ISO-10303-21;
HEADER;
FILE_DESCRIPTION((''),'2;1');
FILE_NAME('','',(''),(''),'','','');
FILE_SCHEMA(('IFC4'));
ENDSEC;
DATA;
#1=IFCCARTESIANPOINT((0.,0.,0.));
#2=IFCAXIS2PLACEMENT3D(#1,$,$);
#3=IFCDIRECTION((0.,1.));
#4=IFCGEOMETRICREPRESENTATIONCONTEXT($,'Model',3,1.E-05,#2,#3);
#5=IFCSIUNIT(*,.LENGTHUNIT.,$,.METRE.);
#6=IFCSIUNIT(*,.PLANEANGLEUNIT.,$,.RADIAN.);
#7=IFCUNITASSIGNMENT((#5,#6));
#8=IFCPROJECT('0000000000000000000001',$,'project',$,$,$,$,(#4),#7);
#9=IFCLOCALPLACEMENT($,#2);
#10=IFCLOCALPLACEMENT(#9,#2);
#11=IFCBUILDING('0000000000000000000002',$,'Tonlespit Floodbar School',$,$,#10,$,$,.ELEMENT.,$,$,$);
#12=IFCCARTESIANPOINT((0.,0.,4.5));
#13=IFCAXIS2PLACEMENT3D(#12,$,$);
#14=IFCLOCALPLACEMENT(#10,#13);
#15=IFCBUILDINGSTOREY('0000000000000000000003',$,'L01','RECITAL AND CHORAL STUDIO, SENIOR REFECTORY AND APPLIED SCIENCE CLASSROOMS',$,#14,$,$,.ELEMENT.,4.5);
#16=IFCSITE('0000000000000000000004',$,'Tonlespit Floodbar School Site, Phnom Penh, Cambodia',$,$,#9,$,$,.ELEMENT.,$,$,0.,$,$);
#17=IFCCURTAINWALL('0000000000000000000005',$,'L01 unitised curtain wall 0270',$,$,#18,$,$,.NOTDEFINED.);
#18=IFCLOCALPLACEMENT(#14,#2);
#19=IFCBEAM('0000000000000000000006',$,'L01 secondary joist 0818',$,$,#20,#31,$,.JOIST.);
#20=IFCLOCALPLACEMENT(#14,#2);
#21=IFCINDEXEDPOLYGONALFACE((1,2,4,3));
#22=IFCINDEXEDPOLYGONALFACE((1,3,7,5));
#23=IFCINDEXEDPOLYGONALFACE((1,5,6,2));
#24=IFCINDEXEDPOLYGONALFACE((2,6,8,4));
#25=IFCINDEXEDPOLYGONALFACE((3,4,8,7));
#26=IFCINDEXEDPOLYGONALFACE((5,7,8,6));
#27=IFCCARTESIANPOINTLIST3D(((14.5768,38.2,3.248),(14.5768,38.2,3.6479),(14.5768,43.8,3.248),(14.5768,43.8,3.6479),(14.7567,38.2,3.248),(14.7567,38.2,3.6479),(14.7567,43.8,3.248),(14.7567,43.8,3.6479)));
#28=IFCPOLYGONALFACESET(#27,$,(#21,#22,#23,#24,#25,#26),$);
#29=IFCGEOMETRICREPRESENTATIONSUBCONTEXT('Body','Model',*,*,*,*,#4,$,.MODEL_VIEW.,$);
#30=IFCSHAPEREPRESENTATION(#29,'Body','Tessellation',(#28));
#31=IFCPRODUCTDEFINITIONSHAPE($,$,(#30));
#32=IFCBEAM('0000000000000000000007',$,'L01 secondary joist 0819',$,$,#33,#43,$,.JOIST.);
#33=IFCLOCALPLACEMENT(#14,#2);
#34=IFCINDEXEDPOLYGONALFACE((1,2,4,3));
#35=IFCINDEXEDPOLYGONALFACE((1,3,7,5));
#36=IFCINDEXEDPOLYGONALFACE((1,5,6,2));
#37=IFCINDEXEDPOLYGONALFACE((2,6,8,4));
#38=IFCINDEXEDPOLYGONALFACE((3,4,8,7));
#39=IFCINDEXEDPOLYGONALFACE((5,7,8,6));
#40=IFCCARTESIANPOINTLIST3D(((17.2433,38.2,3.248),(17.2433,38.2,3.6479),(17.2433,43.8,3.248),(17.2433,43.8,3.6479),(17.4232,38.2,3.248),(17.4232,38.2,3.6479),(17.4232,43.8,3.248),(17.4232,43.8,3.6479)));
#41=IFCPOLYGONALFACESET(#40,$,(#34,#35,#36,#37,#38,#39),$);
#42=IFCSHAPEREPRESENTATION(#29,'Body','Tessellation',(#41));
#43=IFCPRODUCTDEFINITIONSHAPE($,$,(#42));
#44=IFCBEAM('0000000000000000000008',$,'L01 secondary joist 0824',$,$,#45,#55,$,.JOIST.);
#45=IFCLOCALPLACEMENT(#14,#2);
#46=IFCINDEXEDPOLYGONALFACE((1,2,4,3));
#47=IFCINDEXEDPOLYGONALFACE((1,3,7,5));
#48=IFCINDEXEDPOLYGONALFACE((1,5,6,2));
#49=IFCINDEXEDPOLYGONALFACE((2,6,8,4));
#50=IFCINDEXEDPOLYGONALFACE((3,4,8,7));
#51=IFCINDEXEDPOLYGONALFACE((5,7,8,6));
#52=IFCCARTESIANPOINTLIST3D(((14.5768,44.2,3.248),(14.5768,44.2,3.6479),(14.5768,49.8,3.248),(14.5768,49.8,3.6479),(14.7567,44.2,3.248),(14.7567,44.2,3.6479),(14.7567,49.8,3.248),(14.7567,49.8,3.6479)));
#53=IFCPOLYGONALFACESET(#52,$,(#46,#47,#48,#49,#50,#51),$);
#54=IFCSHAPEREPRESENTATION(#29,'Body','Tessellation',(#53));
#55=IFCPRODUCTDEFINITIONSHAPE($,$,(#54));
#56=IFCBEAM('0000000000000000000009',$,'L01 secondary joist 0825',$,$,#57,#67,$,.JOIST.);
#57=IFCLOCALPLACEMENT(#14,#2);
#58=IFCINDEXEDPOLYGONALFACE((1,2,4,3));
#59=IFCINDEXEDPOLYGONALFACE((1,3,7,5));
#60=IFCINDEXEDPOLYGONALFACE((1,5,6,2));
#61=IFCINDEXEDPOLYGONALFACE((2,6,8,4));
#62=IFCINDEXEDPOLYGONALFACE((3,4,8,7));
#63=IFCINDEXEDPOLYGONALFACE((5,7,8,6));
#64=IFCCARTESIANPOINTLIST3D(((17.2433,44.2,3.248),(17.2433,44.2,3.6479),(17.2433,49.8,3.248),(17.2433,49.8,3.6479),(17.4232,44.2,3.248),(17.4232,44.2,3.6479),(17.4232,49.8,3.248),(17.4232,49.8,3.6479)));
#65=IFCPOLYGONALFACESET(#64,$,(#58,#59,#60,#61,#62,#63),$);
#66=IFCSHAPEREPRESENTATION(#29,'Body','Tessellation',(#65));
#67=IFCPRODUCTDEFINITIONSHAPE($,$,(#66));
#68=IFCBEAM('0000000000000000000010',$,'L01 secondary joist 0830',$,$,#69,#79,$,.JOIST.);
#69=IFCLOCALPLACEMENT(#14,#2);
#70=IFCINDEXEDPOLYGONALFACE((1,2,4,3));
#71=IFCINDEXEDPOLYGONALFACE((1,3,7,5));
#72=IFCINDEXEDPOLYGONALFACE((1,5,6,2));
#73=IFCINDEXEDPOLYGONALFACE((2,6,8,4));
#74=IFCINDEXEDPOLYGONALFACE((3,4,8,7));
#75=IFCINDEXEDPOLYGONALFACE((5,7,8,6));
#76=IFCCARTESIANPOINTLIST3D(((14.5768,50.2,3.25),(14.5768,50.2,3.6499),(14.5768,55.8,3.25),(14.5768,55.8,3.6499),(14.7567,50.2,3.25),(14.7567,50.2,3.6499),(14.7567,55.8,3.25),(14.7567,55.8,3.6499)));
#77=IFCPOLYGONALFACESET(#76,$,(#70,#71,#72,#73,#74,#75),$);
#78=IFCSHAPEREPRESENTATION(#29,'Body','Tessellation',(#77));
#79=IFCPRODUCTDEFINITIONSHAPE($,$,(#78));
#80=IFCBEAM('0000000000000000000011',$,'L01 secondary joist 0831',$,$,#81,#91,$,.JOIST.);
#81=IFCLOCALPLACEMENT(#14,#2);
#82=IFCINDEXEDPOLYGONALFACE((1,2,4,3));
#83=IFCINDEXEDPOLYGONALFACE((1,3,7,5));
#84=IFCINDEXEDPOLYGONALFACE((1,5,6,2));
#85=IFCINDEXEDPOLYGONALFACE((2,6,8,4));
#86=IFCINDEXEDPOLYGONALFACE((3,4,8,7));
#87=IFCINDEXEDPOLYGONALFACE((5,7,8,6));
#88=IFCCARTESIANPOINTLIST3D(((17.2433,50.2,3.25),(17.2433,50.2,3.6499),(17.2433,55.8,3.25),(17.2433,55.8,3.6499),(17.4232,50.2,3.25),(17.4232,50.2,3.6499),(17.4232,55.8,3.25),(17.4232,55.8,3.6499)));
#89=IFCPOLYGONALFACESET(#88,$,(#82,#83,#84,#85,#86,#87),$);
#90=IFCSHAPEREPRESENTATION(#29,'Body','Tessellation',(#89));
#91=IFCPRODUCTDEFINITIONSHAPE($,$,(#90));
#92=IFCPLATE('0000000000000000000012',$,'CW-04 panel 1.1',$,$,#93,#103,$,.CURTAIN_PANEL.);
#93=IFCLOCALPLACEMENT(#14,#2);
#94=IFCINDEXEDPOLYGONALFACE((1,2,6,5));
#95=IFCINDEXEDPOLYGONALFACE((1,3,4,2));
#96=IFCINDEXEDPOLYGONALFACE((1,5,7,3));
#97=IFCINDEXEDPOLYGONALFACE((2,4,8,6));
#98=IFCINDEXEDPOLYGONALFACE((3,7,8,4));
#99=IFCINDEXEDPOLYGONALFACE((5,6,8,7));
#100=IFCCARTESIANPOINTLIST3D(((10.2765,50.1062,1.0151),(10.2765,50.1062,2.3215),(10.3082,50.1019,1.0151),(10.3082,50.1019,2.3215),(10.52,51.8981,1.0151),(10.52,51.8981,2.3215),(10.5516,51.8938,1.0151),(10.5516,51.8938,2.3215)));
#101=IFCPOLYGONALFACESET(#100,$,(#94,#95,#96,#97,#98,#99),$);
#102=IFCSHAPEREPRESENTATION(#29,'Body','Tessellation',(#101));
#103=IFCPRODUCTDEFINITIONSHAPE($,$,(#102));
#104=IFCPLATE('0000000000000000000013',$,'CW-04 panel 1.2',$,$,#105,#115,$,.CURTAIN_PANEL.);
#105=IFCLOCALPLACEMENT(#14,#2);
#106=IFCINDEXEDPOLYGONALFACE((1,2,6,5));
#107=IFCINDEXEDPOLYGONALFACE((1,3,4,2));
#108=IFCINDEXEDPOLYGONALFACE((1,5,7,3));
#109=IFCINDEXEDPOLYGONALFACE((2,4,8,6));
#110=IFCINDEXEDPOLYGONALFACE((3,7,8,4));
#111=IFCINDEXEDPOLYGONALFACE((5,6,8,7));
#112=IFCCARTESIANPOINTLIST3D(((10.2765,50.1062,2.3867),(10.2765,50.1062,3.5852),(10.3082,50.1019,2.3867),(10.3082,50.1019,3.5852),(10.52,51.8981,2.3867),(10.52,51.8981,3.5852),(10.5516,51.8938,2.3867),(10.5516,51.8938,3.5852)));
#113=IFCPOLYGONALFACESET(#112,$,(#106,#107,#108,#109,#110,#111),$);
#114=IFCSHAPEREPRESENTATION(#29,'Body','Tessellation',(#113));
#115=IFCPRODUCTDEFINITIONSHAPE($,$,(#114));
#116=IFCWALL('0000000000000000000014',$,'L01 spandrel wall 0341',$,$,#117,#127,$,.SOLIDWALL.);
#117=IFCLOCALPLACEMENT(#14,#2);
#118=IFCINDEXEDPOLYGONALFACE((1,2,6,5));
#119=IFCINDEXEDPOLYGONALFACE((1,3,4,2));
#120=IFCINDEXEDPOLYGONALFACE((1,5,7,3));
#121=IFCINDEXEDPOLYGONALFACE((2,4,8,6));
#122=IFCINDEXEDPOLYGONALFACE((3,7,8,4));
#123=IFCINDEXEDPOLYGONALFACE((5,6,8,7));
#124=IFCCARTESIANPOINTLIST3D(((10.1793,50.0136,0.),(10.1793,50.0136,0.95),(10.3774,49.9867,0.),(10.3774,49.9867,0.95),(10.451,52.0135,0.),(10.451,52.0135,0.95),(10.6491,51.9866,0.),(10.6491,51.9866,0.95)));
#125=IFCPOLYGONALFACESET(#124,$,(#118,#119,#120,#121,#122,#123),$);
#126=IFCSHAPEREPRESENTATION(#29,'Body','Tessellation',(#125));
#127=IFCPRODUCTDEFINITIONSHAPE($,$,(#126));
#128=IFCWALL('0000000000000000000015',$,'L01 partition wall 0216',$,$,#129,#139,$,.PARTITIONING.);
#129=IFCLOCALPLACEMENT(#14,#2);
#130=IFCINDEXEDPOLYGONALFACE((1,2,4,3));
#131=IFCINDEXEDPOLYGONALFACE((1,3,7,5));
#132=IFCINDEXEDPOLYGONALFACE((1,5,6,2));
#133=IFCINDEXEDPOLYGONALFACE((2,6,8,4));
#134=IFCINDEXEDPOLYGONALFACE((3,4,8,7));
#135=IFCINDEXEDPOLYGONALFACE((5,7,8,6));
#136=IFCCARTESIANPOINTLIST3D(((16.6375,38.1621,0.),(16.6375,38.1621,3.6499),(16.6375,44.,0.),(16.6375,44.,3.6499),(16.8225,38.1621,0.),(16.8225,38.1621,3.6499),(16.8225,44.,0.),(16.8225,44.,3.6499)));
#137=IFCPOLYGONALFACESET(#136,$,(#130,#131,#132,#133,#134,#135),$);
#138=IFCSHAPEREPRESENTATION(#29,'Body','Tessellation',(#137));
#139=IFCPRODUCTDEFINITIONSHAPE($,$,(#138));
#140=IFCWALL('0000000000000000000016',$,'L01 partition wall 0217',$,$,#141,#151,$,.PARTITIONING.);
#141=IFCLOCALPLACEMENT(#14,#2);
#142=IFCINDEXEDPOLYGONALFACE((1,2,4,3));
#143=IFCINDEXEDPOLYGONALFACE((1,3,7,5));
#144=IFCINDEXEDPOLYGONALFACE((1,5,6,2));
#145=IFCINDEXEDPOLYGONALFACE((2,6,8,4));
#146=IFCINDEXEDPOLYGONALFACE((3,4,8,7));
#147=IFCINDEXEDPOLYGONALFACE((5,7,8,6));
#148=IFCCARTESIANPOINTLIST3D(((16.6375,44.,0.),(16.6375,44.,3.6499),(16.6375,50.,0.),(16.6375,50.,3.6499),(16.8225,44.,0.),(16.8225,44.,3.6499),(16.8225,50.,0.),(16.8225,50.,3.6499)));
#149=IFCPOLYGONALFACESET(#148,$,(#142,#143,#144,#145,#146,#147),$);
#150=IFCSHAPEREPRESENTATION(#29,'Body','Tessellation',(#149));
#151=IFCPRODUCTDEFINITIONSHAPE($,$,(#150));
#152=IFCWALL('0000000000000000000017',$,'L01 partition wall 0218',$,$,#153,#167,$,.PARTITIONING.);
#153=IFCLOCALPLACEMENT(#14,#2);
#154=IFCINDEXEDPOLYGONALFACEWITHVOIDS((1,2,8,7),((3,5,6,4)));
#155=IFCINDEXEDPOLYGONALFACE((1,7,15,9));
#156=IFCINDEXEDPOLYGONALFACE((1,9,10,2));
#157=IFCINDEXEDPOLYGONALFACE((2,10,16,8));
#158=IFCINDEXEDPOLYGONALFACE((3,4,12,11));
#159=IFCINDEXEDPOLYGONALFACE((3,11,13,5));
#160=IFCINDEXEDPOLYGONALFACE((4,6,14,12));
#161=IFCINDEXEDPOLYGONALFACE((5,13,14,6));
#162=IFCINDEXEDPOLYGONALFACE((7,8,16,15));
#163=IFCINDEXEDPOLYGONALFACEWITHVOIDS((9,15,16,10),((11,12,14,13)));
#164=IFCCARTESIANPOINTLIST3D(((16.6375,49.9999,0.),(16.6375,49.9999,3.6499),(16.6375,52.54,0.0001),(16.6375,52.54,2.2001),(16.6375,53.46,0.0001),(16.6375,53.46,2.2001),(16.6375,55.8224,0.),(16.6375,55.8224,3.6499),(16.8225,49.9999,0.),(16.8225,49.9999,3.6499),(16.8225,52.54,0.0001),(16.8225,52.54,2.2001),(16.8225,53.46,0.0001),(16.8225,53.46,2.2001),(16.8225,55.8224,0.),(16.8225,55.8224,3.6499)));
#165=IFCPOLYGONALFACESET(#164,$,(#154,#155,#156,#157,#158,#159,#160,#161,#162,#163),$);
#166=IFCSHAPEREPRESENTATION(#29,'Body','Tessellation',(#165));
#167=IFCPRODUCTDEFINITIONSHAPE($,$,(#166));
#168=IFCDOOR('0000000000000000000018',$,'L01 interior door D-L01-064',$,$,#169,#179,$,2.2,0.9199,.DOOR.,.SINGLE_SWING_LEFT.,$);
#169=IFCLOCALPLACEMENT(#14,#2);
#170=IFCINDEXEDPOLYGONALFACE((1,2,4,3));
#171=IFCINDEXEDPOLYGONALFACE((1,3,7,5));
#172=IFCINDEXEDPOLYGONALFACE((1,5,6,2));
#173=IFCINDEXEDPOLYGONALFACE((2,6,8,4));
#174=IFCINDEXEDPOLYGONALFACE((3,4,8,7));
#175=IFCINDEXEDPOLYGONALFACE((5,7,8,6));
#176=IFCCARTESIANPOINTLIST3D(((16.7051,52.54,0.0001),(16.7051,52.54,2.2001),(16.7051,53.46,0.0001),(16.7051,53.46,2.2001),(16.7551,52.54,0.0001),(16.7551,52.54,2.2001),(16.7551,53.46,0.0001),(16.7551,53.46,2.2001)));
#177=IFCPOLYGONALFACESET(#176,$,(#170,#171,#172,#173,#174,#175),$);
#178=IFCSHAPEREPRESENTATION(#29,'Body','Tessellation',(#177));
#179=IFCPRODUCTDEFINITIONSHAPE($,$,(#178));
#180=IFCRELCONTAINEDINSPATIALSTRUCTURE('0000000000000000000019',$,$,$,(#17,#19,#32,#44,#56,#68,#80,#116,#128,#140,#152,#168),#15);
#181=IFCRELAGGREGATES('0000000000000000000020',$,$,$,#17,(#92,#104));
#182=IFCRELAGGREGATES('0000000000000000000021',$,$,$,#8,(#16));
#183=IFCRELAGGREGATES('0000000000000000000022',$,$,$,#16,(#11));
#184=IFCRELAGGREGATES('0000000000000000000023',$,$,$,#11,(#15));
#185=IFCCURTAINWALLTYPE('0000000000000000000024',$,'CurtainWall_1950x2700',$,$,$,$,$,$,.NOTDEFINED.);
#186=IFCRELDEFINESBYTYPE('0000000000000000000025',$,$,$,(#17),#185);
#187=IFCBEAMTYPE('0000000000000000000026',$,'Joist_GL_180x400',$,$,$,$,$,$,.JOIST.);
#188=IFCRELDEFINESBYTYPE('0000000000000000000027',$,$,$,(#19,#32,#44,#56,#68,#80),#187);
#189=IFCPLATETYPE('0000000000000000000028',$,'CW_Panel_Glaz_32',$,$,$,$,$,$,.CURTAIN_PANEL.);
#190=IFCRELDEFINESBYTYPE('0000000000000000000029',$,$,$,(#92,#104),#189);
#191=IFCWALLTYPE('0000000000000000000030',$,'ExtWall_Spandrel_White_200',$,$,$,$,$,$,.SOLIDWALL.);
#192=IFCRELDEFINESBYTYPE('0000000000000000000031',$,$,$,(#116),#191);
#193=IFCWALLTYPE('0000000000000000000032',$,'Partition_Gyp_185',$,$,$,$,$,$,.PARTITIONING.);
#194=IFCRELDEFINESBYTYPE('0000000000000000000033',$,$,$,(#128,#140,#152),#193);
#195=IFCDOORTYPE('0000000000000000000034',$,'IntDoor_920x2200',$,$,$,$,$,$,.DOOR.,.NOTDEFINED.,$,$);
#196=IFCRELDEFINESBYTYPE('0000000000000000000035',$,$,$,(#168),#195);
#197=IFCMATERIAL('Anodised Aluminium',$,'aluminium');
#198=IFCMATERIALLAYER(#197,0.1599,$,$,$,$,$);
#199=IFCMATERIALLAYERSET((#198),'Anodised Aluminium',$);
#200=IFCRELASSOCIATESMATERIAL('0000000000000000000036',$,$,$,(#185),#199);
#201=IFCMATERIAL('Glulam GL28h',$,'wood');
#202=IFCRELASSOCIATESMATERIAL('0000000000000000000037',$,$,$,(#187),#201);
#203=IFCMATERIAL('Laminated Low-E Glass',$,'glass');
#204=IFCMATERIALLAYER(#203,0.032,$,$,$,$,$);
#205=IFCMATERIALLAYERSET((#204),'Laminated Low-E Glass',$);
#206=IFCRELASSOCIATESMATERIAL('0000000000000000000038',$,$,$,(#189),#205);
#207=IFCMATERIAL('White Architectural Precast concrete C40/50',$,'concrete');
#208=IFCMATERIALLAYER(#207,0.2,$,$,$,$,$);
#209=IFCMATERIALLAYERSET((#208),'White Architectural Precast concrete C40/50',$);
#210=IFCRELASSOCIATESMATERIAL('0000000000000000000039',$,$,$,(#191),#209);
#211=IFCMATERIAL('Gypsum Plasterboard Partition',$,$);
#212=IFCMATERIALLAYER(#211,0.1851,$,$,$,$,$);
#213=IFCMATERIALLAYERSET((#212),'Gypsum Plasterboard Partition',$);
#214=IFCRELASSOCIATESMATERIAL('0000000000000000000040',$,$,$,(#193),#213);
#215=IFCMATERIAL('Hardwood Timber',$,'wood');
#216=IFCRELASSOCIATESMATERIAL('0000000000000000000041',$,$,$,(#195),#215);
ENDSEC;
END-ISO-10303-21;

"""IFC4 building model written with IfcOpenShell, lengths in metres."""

from ifc_helpers import new_model, si_unit, direction, frame, frame_2d, origin, origin_2d, place, context, subcontext, project, spatial, rectangle, extrude, material, layer, layer_set, material_profile, profile_set, type_object, element, fill, aggregate, save


model = new_model("IFC4")

# Units and contexts
model_context = context("Model", 3, precision=1e-05, world=origin(), true_north=direction((0.0, 1.0)))
body_context = subcontext(model_context, "Body", "Model", "MODEL_VIEW")
ifc_project = project(units=[si_unit("LENGTHUNIT", "METRE"), si_unit("PLANEANGLEUNIT", "RADIAN")], contexts=[model_context])

# Site, building, storey
site_placement = place(None, origin())
site = spatial("IfcSite", under=ifc_project, at=site_placement, Name="Tonlespit Floodbar School Site, Phnom Penh, Cambodia", CompositionType="ELEMENT", RefElevation=0.0)
building_placement = place(site_placement, origin())
building = spatial("IfcBuilding", under=site, at=building_placement, Name="Tonlespit Floodbar School", CompositionType="ELEMENT")
storey_placement = place(building_placement, frame((0.0, 0.0, 4.5)))
storey = spatial("IfcBuildingStorey", under=building, at=storey_placement, Name="L01", Description="RECITAL AND CHORAL STUDIO, SENIOR REFECTORY AND APPLIED SCIENCE CLASSROOMS", CompositionType="ELEMENT", Elevation=4.5)

# Curtain wall
ifc_material_1 = material(Name="Anodised Aluminium", Category="aluminium")
ifc_layer_1 = layer(ifc_material_1, 0.1599)
ifc_layer_set_1 = layer_set([ifc_layer_1], Name="Anodised Aluminium")
curtain_wall_type = type_object("IfcCurtainWallType", Name="CurtainWall_1950x2700", PredefinedType="NOTDEFINED", material=ifc_layer_set_1)
curtain_wall_placement = place(storey_placement, origin())
curtain_wall = element("IfcCurtainWall", 1, at=curtain_wall_placement, inside=storey, type_object=curtain_wall_type, Name="L01 unitised curtain wall 0270", PredefinedType="NOTDEFINED")

# Beams
ifc_material_2 = material(Name="Glulam GL28h", Category="wood")
ifc_material_profile_1 = material_profile(ifc_material_2, rectangle(XDim=0.1799, YDim=0.3999, at=origin_2d()), Name="GL 180x400")
ifc_profile_set_1 = profile_set([ifc_material_profile_1], Name="Glulam GL28h")
beam_type_1 = type_object("IfcBeamType", Name="Joist_GL_180x400", PredefinedType="JOIST", material=ifc_profile_set_1)
for number, where, z_axis, x_axis, name in (
    (2, (14.6667, 38.2, 3.448), (0.0, 1.0, 0.0), (-1.0, 0.0, 0.0), "L01 secondary joist 0818"),
    (3, (17.3333, 38.2, 3.448), (0.0, 1.0, 0.0), (-1.0, 0.0, 0.0), "L01 secondary joist 0819"),
    (4, (14.6667, 44.2, 3.448), (0.0, 1.0, 0.0), (-1.0, 0.0, 0.0), "L01 secondary joist 0824"),
    (5, (17.3333, 44.2, 3.448), (0.0, 1.0, 0.0), (-1.0, 0.0, 0.0), "L01 secondary joist 0825"),
    (6, (14.6667, 50.2, 3.45), (0.0, 1.0, 0.0), (-1.0, 0.0, 0.0), "L01 secondary joist 0830"),
    (7, (17.3333, 50.2, 3.45), (0.0, 1.0, 0.0), (-1.0, 0.0, 0.0), "L01 secondary joist 0831"),
):
    element("IfcBeam", number, at=place(storey_placement, frame(where, z_axis=z_axis, x_axis=x_axis)), inside=storey, type_object=beam_type_1, Name=name, PredefinedType="JOIST", context=body_context, shape_type="SweptSolid", body=[
        extrude(rectangle(XDim=0.1799, YDim=0.3999, at=origin_2d()), origin(), (0.0, 0.0, 1.0), 5.6001),
    ])

# Plates
ifc_material_3 = material(Name="Laminated Low-E Glass", Category="glass")
ifc_layer_2 = layer(ifc_material_3, 0.032)
ifc_layer_set_2 = layer_set([ifc_layer_2], Name="Laminated Low-E Glass")
plate_type = type_object("IfcPlateType", Name="CW_Panel_Glaz_32", PredefinedType="CURTAIN_PANEL", material=ifc_layer_set_2)
plate_1_placement = place(storey_placement, frame((10.4141, 51.0, 1.0151), z_axis=(0.0, 0.0, 1.0), x_axis=(0.134644, 0.990894, 0.0)))
plate_1 = element("IfcPlate", 8, at=plate_1_placement, type_object=plate_type, Name="CW-04 panel 1.1", PredefinedType="CURTAIN_PANEL", context=body_context, shape_type="SweptSolid", body=[
    extrude(rectangle(XDim=1.8083, YDim=0.032, at=origin_2d()), origin(), (0.0, 0.0, 1.0), 1.3064),
])
plate_2_placement = place(storey_placement, frame((10.4141, 51.0, 2.3867), z_axis=(0.0, 0.0, 1.0), x_axis=(0.134644, 0.990894, 0.0)))
plate_2 = element("IfcPlate", 9, at=plate_2_placement, type_object=plate_type, Name="CW-04 panel 1.2", PredefinedType="CURTAIN_PANEL", context=body_context, shape_type="SweptSolid", body=[
    extrude(rectangle(XDim=1.8083, YDim=0.032, at=origin_2d()), origin(), (0.0, 0.0, 1.0), 1.1985),
])
aggregate(curtain_wall, [plate_1, plate_2])

# Walls
ifc_material_4 = material(Name="White Architectural Precast concrete C40/50", Category="concrete")
ifc_layer_3 = layer(ifc_material_4, 0.2)
ifc_layer_set_3 = layer_set([ifc_layer_3], Name="White Architectural Precast concrete C40/50")
wall_type_1 = type_object("IfcWallType", Name="ExtWall_Spandrel_White_200", PredefinedType="SOLIDWALL", material=ifc_layer_set_3)
wall_1_placement = place(storey_placement, frame((10.2783, 50.0, 0.0), z_axis=(0.0, 0.0, 1.0), x_axis=(0.134627, 0.990896, 0.0)))
element("IfcWall", 10, at=wall_1_placement, inside=storey, type_object=wall_type_1, Name="L01 spandrel wall 0341", PredefinedType="SOLIDWALL", context=body_context, shape_type="SweptSolid", body=[
    extrude(rectangle(XDim=2.0183, YDim=0.2, at=frame_2d((1.0093, 0.0))), origin(), (0.0, 0.0, 1.0), 0.95),
])
ifc_material_5 = material(Name="Gypsum Plasterboard Partition")
ifc_layer_4 = layer(ifc_material_5, 0.1851)
ifc_layer_set_4 = layer_set([ifc_layer_4], Name="Gypsum Plasterboard Partition")
wall_type_2 = type_object("IfcWallType", Name="Partition_Gyp_185", PredefinedType="PARTITIONING", material=ifc_layer_set_4)
wall_2_placement = place(storey_placement, frame((16.73, 38.1621, 0.0), z_axis=(0.0, 0.0, 1.0), x_axis=(0.0, 1.0, 0.0)))
element("IfcWall", 11, at=wall_2_placement, inside=storey, type_object=wall_type_2, Name="L01 partition wall 0216", PredefinedType="PARTITIONING", context=body_context, shape_type="SweptSolid", body=[
    extrude(rectangle(XDim=5.8379, YDim=0.1851, at=frame_2d((2.9189, 0.0))), origin(), (0.0, 0.0, 1.0), 3.6499),
])
wall_3_placement = place(storey_placement, frame((16.73, 44.0, 0.0), z_axis=(0.0, 0.0, 1.0), x_axis=(0.0, 1.0, 0.0)))
element("IfcWall", 12, at=wall_3_placement, inside=storey, type_object=wall_type_2, Name="L01 partition wall 0217", PredefinedType="PARTITIONING", context=body_context, shape_type="SweptSolid", body=[
    extrude(rectangle(XDim=6.0, YDim=0.1851, at=frame_2d((3.0, 0.0))), origin(), (0.0, 0.0, 1.0), 3.6499),
])

# Wall, opening, door
wall_4_placement = place(storey_placement, frame((16.73, 50.0, 0.0), z_axis=(0.0, 0.0, 1.0), x_axis=(0.0, 1.0, 0.0)))
wall_4 = element("IfcWall", 13, at=wall_4_placement, inside=storey, type_object=wall_type_2, Name="L01 partition wall 0218", PredefinedType="PARTITIONING", context=body_context, shape_type="SweptSolid", body=[
    extrude(rectangle(XDim=5.8225, YDim=0.1851, at=frame_2d((2.9111, 0.0))), origin(), (0.0, 0.0, 1.0), 3.6499),
])
opening_placement = place(wall_4_placement, frame((2.54, 0.0, 0.0)))
opening = element("IfcOpeningElement", 14, at=opening_placement, cuts=wall_4, PredefinedType="OPENING", context=body_context, shape_type="SweptSolid", body=[
    extrude(rectangle(XDim=0.9199, YDim=2.2, at=frame_2d((0.46, 1.1001))), frame((0.0, 0.1025, 0.0), z_axis=(0.0, -1.0, 0.0), x_axis=(1.0, 0.0, 0.0)), (0.0, 0.0, 1.0), 0.2051),
])
ifc_material_6 = material(Name="Hardwood Timber", Category="wood")
door_type = type_object("IfcDoorType", Name="IntDoor_920x2200", OperationType="NOTDEFINED", PredefinedType="DOOR", material=ifc_material_6)
door_placement = place(opening_placement, origin())
door = element("IfcDoor", 15, at=door_placement, inside=storey, type_object=door_type, Name="L01 interior door D-L01-064", OperationType="SINGLE_SWING_LEFT", OverallHeight=2.2, OverallWidth=0.9199, PredefinedType="DOOR", context=body_context, shape_type="SweptSolid", body=[
    extrude(rectangle(XDim=0.9199, YDim=2.2, at=frame_2d((0.46, 1.1001))), frame((0.0, 0.0249, 0.0), z_axis=(0.0, -1.0, 0.0), x_axis=(1.0, 0.0, 0.0)), (0.0, 0.0, 1.0), 0.05),
])
fill(opening, door)

save(model, "model.ifc")
